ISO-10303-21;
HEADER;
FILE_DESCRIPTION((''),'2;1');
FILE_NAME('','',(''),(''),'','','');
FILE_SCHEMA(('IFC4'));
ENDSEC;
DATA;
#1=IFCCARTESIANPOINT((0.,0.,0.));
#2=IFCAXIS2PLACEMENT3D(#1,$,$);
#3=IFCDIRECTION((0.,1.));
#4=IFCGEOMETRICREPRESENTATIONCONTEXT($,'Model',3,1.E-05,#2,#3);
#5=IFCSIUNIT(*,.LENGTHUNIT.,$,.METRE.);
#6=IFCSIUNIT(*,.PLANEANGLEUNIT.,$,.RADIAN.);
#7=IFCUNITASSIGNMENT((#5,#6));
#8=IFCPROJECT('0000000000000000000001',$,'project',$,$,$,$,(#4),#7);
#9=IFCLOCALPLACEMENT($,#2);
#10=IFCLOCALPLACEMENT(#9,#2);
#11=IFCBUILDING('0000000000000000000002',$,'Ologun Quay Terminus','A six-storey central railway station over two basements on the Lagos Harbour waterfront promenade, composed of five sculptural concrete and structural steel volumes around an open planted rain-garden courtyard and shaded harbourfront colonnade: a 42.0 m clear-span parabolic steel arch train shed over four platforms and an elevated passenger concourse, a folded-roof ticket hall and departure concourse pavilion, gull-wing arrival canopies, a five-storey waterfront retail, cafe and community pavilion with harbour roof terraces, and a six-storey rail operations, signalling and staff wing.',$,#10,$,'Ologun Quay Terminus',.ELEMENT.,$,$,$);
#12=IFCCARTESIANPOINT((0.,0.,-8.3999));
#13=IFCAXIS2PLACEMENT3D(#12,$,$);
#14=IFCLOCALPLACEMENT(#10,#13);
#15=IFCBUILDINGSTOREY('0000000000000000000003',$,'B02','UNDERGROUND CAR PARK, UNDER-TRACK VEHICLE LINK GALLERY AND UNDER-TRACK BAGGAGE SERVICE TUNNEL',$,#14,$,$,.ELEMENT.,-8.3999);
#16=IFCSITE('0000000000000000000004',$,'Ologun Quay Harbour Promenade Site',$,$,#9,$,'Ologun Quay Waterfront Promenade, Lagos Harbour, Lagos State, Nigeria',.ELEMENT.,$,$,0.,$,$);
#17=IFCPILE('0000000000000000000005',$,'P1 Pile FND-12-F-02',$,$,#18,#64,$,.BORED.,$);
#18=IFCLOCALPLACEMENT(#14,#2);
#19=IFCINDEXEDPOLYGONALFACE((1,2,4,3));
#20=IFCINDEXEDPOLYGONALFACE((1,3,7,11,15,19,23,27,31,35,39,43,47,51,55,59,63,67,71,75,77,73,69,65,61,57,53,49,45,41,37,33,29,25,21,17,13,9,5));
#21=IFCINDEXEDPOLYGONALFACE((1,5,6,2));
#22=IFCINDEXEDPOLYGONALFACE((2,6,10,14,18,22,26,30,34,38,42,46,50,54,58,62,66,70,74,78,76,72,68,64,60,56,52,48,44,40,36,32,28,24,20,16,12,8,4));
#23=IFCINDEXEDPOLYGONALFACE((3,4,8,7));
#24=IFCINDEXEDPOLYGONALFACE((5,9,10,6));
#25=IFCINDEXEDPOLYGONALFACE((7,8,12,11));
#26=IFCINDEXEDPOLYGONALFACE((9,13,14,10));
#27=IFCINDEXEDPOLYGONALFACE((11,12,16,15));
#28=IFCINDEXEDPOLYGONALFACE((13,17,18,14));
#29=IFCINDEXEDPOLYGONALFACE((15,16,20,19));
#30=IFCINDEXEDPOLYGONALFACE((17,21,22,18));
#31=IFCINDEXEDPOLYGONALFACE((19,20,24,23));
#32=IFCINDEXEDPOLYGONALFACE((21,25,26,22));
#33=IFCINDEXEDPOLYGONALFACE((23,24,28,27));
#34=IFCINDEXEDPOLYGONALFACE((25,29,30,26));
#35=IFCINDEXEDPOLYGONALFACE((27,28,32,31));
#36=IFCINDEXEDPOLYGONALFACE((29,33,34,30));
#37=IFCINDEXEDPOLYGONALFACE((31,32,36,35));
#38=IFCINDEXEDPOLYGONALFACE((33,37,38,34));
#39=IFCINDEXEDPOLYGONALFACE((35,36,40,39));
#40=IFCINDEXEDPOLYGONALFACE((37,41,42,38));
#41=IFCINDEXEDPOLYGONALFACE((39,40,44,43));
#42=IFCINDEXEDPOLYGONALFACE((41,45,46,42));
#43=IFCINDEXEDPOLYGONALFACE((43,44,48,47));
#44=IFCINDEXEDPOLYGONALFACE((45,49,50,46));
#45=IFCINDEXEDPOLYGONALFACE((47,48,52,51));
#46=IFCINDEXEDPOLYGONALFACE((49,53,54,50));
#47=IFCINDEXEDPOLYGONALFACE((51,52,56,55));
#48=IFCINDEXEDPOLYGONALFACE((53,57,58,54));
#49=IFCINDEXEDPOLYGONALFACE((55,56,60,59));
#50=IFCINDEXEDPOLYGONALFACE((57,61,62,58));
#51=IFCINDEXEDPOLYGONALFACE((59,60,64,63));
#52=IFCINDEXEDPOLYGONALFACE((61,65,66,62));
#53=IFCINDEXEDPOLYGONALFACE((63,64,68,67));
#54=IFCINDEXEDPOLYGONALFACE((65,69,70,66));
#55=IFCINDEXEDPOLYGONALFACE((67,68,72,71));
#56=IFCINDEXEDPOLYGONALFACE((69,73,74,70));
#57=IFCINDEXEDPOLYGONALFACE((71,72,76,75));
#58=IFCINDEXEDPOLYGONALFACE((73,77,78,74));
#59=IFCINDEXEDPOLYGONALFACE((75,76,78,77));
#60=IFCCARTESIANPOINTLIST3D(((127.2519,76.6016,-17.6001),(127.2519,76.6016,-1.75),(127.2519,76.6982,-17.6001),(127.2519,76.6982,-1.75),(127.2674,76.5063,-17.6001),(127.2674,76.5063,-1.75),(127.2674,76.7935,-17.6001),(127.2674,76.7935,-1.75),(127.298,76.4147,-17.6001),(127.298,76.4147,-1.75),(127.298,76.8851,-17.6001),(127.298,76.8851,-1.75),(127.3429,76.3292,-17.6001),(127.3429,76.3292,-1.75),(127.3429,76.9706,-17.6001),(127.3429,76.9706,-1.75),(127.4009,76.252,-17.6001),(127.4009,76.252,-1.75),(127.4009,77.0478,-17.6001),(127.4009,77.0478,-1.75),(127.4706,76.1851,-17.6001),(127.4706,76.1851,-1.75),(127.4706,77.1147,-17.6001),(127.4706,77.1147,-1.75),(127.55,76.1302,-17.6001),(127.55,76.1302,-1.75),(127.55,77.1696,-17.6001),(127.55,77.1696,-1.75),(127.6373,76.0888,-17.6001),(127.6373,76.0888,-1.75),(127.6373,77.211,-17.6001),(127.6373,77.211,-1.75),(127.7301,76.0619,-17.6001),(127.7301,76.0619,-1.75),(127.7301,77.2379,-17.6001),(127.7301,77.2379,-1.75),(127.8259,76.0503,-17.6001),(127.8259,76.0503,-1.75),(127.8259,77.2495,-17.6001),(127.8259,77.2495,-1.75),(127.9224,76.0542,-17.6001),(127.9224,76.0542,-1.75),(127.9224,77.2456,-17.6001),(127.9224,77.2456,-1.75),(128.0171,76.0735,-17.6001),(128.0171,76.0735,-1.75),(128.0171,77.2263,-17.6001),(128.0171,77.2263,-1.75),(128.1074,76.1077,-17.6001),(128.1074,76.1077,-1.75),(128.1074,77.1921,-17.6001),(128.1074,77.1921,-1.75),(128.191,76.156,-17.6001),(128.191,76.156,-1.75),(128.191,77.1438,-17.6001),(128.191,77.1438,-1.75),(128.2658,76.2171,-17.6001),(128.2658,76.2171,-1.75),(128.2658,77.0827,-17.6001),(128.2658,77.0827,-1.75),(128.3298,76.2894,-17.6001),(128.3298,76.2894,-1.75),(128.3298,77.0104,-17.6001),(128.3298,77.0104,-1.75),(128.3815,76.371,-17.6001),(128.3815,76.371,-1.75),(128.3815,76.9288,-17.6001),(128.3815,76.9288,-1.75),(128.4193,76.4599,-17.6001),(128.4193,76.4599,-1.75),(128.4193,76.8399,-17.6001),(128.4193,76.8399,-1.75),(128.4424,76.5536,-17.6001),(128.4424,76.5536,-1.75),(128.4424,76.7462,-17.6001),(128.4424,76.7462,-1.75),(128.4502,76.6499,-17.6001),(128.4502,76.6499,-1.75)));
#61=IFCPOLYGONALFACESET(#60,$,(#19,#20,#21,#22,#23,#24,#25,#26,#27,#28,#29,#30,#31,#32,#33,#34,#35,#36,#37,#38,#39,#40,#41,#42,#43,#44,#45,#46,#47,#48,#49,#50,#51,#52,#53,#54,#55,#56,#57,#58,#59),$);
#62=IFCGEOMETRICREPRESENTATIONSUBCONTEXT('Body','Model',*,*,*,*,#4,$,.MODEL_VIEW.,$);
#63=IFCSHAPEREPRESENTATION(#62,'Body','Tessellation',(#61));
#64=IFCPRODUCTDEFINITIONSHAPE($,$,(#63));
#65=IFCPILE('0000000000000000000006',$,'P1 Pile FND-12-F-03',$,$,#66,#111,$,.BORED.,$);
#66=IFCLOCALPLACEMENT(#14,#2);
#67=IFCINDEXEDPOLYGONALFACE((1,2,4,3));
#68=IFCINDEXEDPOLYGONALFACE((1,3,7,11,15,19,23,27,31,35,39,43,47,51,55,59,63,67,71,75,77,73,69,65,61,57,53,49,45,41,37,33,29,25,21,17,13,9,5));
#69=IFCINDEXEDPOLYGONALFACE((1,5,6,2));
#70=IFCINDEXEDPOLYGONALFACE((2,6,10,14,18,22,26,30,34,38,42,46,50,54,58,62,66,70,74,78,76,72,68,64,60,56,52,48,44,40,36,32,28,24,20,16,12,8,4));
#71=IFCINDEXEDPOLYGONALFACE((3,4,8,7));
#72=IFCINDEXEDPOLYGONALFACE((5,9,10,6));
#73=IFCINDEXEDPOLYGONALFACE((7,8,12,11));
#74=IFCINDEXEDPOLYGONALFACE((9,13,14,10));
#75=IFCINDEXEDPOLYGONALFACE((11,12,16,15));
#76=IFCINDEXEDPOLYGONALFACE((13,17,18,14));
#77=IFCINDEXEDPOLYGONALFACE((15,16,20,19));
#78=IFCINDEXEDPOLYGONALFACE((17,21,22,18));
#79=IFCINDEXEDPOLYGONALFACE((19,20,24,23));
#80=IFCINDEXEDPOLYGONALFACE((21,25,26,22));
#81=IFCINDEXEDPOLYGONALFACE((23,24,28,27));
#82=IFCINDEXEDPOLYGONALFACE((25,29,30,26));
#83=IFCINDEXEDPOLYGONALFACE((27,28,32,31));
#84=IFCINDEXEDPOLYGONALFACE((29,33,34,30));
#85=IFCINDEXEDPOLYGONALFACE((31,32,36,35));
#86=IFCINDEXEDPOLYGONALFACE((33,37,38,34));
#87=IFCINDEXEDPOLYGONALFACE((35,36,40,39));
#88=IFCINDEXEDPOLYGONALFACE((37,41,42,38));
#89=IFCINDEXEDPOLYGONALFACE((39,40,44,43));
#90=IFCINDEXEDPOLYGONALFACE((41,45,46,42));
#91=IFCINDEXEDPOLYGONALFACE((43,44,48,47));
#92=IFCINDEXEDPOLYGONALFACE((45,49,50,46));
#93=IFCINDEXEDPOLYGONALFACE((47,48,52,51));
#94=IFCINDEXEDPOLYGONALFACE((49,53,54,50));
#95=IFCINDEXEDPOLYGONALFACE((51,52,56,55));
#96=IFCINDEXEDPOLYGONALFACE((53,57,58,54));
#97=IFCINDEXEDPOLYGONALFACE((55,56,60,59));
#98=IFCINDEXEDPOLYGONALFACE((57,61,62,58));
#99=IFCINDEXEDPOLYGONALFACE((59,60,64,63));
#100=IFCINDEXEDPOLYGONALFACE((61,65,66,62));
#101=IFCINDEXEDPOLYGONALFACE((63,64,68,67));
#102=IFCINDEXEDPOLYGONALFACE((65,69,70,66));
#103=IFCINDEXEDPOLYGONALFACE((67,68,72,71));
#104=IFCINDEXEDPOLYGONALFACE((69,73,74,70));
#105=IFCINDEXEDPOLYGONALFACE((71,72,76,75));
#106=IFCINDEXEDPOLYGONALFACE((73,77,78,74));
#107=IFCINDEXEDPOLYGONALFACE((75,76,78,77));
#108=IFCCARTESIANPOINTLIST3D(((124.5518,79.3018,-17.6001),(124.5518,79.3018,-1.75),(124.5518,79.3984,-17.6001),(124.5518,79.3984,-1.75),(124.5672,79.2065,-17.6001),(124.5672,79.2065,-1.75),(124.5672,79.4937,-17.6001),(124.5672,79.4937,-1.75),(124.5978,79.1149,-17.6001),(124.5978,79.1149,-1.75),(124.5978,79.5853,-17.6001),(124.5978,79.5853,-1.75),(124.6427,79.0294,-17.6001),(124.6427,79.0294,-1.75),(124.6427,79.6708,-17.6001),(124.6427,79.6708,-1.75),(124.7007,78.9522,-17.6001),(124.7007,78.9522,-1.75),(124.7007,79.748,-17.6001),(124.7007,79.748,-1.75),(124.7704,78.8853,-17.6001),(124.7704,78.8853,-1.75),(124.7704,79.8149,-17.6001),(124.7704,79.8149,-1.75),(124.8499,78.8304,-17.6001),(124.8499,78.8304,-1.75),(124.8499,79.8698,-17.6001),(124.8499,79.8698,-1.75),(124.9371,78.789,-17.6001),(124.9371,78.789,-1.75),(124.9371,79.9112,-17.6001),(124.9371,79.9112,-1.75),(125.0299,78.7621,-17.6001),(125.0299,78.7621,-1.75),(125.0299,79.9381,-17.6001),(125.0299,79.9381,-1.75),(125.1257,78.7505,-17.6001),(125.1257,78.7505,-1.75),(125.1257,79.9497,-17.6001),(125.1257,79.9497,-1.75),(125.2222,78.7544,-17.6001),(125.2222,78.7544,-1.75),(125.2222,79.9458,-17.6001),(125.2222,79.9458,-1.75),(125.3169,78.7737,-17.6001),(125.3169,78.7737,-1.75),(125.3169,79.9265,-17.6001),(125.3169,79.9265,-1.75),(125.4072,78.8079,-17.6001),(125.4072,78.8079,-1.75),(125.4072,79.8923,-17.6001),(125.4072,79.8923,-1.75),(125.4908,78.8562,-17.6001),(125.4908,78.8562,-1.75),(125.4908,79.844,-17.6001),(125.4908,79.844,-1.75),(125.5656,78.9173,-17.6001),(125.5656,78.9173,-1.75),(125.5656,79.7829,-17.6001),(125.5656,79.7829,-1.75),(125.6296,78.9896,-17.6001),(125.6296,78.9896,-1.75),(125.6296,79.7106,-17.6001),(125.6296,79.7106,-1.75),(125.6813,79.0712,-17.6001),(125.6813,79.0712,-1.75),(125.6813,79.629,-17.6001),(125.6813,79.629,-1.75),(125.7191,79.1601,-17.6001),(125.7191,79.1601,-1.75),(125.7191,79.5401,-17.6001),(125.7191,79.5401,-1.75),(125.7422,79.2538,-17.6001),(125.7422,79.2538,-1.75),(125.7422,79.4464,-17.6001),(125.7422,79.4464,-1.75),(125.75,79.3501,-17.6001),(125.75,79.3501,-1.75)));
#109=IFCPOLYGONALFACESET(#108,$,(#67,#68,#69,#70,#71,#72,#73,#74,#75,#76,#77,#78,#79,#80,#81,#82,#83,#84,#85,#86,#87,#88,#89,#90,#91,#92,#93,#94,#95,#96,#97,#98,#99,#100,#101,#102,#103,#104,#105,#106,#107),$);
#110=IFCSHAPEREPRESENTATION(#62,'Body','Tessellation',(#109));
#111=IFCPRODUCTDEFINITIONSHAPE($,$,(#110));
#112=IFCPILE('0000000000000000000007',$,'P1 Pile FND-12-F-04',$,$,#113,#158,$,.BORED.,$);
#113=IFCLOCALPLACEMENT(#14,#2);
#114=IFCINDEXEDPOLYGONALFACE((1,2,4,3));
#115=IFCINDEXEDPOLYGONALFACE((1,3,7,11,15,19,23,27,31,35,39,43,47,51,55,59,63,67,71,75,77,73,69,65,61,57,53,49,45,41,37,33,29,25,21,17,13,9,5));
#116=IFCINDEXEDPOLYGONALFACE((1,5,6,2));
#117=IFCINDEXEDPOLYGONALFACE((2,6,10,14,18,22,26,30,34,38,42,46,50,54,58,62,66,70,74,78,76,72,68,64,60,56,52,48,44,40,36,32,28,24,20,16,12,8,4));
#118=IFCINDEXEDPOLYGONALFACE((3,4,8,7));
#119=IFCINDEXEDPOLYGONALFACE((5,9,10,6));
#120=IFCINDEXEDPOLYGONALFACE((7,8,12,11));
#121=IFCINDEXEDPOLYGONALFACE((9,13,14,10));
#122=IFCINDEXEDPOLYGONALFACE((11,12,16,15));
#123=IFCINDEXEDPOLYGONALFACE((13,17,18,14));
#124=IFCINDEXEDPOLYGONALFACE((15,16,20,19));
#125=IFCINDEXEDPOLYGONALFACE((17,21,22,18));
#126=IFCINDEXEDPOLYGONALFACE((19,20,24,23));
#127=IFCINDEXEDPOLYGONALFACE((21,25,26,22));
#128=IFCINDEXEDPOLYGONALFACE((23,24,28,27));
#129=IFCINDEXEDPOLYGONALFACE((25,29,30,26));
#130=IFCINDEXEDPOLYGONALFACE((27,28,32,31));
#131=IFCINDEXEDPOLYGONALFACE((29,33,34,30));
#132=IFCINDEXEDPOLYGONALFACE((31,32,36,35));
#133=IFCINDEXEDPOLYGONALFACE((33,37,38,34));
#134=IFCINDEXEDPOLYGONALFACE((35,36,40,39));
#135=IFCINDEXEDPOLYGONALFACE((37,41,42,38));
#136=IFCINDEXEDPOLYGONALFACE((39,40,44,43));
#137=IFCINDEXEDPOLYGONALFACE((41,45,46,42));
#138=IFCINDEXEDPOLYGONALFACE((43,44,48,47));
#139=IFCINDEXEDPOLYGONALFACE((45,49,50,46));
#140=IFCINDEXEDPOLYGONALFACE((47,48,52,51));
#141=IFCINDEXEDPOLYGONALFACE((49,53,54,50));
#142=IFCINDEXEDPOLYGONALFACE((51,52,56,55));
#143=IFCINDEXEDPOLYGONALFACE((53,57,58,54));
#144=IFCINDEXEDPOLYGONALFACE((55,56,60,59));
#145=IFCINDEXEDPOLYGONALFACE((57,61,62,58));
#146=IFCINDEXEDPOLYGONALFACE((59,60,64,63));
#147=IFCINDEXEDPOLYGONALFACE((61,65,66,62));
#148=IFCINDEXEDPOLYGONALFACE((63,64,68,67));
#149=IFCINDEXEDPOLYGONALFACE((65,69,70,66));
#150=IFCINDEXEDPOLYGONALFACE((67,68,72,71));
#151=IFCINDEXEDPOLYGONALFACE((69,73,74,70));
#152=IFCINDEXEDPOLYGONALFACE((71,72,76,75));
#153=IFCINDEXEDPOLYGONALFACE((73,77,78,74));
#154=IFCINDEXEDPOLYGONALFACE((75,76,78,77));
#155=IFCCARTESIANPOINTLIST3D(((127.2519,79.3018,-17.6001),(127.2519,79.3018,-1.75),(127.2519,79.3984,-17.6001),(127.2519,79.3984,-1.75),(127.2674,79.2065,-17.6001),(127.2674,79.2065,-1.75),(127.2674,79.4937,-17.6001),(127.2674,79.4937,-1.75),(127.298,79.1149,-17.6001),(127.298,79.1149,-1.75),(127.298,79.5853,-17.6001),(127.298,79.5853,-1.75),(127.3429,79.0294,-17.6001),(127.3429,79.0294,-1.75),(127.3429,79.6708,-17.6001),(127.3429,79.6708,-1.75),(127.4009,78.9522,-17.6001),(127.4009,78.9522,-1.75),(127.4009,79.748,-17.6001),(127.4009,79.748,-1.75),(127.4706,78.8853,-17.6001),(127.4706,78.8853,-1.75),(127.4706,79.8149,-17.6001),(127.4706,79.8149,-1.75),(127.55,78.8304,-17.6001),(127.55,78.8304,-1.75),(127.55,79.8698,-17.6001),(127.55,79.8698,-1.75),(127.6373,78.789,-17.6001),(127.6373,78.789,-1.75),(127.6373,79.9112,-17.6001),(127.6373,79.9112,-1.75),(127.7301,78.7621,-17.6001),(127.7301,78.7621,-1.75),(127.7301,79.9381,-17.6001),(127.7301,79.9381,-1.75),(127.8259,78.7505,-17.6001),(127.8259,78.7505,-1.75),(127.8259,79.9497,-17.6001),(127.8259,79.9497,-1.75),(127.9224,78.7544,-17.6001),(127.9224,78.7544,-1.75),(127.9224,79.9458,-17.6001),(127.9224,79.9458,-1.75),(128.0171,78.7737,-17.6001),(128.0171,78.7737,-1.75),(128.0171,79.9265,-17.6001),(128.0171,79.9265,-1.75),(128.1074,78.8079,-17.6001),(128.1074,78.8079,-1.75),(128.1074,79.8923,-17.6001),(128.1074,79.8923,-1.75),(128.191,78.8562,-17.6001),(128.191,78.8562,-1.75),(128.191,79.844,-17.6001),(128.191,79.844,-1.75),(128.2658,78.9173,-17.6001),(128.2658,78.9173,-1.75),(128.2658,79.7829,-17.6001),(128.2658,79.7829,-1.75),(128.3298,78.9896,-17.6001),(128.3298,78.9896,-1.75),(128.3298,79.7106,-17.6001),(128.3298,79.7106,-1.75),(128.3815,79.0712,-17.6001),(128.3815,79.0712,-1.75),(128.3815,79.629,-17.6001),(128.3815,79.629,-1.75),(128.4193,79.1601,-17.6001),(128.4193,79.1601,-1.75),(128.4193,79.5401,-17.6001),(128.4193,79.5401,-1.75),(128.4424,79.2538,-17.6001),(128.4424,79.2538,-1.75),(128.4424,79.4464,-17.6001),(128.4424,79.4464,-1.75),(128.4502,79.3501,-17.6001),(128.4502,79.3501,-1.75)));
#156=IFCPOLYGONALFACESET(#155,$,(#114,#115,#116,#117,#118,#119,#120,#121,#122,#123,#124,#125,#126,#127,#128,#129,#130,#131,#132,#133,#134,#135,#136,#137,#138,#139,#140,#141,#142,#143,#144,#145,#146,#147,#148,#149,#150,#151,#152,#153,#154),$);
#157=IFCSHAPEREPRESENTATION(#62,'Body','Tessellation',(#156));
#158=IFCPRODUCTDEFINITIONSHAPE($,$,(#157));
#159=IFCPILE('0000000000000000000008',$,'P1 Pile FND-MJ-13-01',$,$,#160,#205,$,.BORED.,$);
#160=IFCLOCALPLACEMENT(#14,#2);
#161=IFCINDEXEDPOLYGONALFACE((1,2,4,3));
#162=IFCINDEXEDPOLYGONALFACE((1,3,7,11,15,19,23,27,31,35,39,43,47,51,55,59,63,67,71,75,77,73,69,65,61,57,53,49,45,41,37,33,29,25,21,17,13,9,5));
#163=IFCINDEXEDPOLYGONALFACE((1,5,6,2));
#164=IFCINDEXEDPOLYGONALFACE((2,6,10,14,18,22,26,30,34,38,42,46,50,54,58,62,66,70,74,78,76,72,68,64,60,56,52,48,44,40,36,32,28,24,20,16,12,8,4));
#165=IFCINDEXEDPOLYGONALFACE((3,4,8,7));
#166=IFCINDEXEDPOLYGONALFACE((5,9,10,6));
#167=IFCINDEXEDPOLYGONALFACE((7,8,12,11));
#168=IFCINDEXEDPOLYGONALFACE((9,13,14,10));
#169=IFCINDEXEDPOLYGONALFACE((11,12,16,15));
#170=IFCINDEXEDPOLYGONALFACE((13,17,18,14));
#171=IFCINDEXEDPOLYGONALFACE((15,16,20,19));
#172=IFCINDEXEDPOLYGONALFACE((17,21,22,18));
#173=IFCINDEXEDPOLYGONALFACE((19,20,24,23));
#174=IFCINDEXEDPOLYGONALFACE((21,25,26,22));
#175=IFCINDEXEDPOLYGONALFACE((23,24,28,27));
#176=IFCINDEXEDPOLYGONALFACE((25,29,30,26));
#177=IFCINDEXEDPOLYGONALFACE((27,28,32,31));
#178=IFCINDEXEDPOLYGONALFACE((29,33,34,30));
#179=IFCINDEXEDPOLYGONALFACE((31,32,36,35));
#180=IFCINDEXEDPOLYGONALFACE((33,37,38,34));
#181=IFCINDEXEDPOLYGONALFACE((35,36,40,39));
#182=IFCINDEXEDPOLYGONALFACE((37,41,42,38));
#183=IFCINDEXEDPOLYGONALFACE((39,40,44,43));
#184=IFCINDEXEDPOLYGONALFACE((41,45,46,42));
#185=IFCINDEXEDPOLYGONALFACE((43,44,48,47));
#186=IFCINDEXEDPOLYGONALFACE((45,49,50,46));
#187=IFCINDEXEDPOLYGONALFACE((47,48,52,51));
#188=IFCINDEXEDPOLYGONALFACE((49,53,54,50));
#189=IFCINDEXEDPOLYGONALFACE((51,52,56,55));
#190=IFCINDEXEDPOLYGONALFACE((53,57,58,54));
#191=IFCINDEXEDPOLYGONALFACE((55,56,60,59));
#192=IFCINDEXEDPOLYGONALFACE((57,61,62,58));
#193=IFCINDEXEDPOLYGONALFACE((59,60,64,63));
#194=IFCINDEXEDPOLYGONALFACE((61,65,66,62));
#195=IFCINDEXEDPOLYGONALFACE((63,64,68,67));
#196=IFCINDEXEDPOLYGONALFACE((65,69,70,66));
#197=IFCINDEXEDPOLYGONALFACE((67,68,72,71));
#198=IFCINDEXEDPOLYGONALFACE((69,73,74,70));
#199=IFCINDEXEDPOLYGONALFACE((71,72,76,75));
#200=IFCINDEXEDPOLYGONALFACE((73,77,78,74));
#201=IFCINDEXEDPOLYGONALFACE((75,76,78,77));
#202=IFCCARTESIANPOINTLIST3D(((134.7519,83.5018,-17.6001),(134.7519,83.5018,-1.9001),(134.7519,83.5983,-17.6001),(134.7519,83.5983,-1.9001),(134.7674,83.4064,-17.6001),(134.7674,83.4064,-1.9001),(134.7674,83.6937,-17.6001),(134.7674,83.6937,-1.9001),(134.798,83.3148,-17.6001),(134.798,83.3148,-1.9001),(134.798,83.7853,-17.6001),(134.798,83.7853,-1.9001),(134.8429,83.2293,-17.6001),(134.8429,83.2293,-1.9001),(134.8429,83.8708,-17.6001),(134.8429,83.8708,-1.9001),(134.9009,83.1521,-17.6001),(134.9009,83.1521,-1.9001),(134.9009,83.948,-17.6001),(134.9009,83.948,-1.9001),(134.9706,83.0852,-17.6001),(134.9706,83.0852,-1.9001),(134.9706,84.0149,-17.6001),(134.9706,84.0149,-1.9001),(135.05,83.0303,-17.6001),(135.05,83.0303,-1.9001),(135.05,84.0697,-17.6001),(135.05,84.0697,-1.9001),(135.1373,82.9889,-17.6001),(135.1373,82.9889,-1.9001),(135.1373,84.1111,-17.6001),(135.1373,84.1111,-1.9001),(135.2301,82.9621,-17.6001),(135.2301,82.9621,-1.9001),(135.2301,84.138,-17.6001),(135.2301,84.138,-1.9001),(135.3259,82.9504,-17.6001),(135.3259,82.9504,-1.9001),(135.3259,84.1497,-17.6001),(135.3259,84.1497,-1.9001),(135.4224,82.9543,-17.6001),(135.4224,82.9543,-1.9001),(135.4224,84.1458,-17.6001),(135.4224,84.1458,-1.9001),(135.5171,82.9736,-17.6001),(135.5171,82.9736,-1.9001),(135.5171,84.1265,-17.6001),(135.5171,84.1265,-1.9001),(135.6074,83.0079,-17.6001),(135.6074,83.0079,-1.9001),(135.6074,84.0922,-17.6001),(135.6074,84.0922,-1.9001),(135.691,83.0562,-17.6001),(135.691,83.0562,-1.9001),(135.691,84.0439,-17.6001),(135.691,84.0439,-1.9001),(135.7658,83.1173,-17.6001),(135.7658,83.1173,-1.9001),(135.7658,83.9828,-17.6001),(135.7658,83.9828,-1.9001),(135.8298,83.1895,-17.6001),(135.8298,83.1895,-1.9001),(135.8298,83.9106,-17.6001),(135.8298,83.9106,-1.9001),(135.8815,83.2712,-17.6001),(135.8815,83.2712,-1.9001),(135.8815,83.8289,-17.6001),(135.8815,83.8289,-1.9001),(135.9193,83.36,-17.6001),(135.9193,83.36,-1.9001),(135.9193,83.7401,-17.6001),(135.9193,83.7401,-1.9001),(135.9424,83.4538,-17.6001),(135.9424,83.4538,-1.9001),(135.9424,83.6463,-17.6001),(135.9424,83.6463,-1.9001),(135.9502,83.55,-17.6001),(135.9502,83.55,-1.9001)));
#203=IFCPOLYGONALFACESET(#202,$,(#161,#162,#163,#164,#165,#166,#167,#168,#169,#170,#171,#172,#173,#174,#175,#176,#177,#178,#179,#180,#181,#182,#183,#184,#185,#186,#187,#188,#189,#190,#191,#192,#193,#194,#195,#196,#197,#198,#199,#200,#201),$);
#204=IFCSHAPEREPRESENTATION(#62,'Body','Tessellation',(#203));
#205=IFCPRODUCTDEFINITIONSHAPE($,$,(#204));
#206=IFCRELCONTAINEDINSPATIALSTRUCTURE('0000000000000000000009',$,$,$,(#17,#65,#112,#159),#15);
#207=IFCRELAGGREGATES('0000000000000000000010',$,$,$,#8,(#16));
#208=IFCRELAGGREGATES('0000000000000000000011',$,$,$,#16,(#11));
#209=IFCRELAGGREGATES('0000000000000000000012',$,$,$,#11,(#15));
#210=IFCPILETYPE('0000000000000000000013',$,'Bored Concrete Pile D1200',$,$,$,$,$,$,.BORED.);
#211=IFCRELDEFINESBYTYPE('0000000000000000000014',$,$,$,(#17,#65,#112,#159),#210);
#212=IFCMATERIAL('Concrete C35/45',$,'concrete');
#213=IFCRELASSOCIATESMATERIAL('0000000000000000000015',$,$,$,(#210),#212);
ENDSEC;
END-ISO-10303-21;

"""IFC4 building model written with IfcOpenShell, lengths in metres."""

from ifc_helpers import new_model, si_unit, direction, frame, origin, origin_2d, place, context, subcontext, project, spatial, circle, extrude, material, material_profile, profile_set, type_object, element, save


model = new_model("IFC4")

# Units and contexts
model_context = context("Model", 3, precision=1e-05, world=origin(), true_north=direction((0.0, 1.0)))
body_context = subcontext(model_context, "Body", "Model", "MODEL_VIEW")
ifc_project = project(units=[si_unit("LENGTHUNIT", "METRE"), si_unit("PLANEANGLEUNIT", "RADIAN")], contexts=[model_context])

# Site, building, storey
site_placement = place(None, origin())
site = spatial("IfcSite", under=ifc_project, at=site_placement, Name="Ologun Quay Harbour Promenade Site", LongName="Ologun Quay Waterfront Promenade, Lagos Harbour, Lagos State, Nigeria", CompositionType="ELEMENT", RefElevation=0.0)
building_placement = place(site_placement, origin())
building = spatial("IfcBuilding", under=site, at=building_placement, Name="Ologun Quay Terminus", Description="A six-storey central railway station over two basements on the Lagos Harbour waterfront promenade, composed of five sculptural concrete and structural steel volumes around an open planted rain-garden courtyard and shaded harbourfront colonnade: a 42.0 m clear-span parabolic steel arch train shed over four platforms and an elevated passenger concourse, a folded-roof ticket hall and departure concourse pavilion, gull-wing arrival canopies, a five-storey waterfront retail, cafe and community pavilion with harbour roof terraces, and a six-storey rail operations, signalling and staff wing.", LongName="Ologun Quay Terminus", CompositionType="ELEMENT")
storey_placement = place(building_placement, frame((0.0, 0.0, -8.3999)))
storey = spatial("IfcBuildingStorey", under=building, at=storey_placement, Name="B02", Description="UNDERGROUND CAR PARK, UNDER-TRACK VEHICLE LINK GALLERY AND UNDER-TRACK BAGGAGE SERVICE TUNNEL", CompositionType="ELEMENT", Elevation=-8.3999)

# Piles
ifc_material_1 = material(Name="Concrete C35/45", Category="concrete")
ifc_material_profile_1 = material_profile(ifc_material_1, circle(Radius=0.6001, at=origin_2d()), Name="PILE D1200")
ifc_profile_set_1 = profile_set([ifc_material_profile_1], Name="Concrete C35/45")
pile_type = type_object("IfcPileType", Name="Bored Concrete Pile D1200", PredefinedType="BORED", material=ifc_profile_set_1)
for number, where, z_axis, x_axis, name in (
    (1, (127.8501, 76.6499, -1.75), (0.0, 0.0, -1.0), (1.0, 0.0, 0.0), "P1 Pile FND-12-F-02"),
    (2, (125.1499, 79.3501, -1.75), (0.0, 0.0, -1.0), (1.0, 0.0, 0.0), "P1 Pile FND-12-F-03"),
    (3, (127.8501, 79.3501, -1.75), (0.0, 0.0, -1.0), (1.0, 0.0, 0.0), "P1 Pile FND-12-F-04"),
):
    element("IfcPile", number, at=place(storey_placement, frame(where, z_axis=z_axis, x_axis=x_axis)), inside=storey, type_object=pile_type, Name=name, PredefinedType="BORED", context=body_context, shape_type="SweptSolid", body=[
        extrude(circle(Radius=0.6001, at=origin_2d()), origin(), (0.0, 0.0, 1.0), 15.8501),
    ])
for number, where, z_axis, x_axis, name in (
    (4, (135.3501, 83.55, -1.9001), (0.0, 0.0, -1.0), (1.0, 0.0, 0.0), "P1 Pile FND-MJ-13-01"),
):
    element("IfcPile", number, at=place(storey_placement, frame(where, z_axis=z_axis, x_axis=x_axis)), inside=storey, type_object=pile_type, Name=name, PredefinedType="BORED", context=body_context, shape_type="SweptSolid", body=[
        extrude(circle(Radius=0.6001, at=origin_2d()), origin(), (0.0, 0.0, 1.0), 15.7),
    ])

save(model, "model.ifc")
